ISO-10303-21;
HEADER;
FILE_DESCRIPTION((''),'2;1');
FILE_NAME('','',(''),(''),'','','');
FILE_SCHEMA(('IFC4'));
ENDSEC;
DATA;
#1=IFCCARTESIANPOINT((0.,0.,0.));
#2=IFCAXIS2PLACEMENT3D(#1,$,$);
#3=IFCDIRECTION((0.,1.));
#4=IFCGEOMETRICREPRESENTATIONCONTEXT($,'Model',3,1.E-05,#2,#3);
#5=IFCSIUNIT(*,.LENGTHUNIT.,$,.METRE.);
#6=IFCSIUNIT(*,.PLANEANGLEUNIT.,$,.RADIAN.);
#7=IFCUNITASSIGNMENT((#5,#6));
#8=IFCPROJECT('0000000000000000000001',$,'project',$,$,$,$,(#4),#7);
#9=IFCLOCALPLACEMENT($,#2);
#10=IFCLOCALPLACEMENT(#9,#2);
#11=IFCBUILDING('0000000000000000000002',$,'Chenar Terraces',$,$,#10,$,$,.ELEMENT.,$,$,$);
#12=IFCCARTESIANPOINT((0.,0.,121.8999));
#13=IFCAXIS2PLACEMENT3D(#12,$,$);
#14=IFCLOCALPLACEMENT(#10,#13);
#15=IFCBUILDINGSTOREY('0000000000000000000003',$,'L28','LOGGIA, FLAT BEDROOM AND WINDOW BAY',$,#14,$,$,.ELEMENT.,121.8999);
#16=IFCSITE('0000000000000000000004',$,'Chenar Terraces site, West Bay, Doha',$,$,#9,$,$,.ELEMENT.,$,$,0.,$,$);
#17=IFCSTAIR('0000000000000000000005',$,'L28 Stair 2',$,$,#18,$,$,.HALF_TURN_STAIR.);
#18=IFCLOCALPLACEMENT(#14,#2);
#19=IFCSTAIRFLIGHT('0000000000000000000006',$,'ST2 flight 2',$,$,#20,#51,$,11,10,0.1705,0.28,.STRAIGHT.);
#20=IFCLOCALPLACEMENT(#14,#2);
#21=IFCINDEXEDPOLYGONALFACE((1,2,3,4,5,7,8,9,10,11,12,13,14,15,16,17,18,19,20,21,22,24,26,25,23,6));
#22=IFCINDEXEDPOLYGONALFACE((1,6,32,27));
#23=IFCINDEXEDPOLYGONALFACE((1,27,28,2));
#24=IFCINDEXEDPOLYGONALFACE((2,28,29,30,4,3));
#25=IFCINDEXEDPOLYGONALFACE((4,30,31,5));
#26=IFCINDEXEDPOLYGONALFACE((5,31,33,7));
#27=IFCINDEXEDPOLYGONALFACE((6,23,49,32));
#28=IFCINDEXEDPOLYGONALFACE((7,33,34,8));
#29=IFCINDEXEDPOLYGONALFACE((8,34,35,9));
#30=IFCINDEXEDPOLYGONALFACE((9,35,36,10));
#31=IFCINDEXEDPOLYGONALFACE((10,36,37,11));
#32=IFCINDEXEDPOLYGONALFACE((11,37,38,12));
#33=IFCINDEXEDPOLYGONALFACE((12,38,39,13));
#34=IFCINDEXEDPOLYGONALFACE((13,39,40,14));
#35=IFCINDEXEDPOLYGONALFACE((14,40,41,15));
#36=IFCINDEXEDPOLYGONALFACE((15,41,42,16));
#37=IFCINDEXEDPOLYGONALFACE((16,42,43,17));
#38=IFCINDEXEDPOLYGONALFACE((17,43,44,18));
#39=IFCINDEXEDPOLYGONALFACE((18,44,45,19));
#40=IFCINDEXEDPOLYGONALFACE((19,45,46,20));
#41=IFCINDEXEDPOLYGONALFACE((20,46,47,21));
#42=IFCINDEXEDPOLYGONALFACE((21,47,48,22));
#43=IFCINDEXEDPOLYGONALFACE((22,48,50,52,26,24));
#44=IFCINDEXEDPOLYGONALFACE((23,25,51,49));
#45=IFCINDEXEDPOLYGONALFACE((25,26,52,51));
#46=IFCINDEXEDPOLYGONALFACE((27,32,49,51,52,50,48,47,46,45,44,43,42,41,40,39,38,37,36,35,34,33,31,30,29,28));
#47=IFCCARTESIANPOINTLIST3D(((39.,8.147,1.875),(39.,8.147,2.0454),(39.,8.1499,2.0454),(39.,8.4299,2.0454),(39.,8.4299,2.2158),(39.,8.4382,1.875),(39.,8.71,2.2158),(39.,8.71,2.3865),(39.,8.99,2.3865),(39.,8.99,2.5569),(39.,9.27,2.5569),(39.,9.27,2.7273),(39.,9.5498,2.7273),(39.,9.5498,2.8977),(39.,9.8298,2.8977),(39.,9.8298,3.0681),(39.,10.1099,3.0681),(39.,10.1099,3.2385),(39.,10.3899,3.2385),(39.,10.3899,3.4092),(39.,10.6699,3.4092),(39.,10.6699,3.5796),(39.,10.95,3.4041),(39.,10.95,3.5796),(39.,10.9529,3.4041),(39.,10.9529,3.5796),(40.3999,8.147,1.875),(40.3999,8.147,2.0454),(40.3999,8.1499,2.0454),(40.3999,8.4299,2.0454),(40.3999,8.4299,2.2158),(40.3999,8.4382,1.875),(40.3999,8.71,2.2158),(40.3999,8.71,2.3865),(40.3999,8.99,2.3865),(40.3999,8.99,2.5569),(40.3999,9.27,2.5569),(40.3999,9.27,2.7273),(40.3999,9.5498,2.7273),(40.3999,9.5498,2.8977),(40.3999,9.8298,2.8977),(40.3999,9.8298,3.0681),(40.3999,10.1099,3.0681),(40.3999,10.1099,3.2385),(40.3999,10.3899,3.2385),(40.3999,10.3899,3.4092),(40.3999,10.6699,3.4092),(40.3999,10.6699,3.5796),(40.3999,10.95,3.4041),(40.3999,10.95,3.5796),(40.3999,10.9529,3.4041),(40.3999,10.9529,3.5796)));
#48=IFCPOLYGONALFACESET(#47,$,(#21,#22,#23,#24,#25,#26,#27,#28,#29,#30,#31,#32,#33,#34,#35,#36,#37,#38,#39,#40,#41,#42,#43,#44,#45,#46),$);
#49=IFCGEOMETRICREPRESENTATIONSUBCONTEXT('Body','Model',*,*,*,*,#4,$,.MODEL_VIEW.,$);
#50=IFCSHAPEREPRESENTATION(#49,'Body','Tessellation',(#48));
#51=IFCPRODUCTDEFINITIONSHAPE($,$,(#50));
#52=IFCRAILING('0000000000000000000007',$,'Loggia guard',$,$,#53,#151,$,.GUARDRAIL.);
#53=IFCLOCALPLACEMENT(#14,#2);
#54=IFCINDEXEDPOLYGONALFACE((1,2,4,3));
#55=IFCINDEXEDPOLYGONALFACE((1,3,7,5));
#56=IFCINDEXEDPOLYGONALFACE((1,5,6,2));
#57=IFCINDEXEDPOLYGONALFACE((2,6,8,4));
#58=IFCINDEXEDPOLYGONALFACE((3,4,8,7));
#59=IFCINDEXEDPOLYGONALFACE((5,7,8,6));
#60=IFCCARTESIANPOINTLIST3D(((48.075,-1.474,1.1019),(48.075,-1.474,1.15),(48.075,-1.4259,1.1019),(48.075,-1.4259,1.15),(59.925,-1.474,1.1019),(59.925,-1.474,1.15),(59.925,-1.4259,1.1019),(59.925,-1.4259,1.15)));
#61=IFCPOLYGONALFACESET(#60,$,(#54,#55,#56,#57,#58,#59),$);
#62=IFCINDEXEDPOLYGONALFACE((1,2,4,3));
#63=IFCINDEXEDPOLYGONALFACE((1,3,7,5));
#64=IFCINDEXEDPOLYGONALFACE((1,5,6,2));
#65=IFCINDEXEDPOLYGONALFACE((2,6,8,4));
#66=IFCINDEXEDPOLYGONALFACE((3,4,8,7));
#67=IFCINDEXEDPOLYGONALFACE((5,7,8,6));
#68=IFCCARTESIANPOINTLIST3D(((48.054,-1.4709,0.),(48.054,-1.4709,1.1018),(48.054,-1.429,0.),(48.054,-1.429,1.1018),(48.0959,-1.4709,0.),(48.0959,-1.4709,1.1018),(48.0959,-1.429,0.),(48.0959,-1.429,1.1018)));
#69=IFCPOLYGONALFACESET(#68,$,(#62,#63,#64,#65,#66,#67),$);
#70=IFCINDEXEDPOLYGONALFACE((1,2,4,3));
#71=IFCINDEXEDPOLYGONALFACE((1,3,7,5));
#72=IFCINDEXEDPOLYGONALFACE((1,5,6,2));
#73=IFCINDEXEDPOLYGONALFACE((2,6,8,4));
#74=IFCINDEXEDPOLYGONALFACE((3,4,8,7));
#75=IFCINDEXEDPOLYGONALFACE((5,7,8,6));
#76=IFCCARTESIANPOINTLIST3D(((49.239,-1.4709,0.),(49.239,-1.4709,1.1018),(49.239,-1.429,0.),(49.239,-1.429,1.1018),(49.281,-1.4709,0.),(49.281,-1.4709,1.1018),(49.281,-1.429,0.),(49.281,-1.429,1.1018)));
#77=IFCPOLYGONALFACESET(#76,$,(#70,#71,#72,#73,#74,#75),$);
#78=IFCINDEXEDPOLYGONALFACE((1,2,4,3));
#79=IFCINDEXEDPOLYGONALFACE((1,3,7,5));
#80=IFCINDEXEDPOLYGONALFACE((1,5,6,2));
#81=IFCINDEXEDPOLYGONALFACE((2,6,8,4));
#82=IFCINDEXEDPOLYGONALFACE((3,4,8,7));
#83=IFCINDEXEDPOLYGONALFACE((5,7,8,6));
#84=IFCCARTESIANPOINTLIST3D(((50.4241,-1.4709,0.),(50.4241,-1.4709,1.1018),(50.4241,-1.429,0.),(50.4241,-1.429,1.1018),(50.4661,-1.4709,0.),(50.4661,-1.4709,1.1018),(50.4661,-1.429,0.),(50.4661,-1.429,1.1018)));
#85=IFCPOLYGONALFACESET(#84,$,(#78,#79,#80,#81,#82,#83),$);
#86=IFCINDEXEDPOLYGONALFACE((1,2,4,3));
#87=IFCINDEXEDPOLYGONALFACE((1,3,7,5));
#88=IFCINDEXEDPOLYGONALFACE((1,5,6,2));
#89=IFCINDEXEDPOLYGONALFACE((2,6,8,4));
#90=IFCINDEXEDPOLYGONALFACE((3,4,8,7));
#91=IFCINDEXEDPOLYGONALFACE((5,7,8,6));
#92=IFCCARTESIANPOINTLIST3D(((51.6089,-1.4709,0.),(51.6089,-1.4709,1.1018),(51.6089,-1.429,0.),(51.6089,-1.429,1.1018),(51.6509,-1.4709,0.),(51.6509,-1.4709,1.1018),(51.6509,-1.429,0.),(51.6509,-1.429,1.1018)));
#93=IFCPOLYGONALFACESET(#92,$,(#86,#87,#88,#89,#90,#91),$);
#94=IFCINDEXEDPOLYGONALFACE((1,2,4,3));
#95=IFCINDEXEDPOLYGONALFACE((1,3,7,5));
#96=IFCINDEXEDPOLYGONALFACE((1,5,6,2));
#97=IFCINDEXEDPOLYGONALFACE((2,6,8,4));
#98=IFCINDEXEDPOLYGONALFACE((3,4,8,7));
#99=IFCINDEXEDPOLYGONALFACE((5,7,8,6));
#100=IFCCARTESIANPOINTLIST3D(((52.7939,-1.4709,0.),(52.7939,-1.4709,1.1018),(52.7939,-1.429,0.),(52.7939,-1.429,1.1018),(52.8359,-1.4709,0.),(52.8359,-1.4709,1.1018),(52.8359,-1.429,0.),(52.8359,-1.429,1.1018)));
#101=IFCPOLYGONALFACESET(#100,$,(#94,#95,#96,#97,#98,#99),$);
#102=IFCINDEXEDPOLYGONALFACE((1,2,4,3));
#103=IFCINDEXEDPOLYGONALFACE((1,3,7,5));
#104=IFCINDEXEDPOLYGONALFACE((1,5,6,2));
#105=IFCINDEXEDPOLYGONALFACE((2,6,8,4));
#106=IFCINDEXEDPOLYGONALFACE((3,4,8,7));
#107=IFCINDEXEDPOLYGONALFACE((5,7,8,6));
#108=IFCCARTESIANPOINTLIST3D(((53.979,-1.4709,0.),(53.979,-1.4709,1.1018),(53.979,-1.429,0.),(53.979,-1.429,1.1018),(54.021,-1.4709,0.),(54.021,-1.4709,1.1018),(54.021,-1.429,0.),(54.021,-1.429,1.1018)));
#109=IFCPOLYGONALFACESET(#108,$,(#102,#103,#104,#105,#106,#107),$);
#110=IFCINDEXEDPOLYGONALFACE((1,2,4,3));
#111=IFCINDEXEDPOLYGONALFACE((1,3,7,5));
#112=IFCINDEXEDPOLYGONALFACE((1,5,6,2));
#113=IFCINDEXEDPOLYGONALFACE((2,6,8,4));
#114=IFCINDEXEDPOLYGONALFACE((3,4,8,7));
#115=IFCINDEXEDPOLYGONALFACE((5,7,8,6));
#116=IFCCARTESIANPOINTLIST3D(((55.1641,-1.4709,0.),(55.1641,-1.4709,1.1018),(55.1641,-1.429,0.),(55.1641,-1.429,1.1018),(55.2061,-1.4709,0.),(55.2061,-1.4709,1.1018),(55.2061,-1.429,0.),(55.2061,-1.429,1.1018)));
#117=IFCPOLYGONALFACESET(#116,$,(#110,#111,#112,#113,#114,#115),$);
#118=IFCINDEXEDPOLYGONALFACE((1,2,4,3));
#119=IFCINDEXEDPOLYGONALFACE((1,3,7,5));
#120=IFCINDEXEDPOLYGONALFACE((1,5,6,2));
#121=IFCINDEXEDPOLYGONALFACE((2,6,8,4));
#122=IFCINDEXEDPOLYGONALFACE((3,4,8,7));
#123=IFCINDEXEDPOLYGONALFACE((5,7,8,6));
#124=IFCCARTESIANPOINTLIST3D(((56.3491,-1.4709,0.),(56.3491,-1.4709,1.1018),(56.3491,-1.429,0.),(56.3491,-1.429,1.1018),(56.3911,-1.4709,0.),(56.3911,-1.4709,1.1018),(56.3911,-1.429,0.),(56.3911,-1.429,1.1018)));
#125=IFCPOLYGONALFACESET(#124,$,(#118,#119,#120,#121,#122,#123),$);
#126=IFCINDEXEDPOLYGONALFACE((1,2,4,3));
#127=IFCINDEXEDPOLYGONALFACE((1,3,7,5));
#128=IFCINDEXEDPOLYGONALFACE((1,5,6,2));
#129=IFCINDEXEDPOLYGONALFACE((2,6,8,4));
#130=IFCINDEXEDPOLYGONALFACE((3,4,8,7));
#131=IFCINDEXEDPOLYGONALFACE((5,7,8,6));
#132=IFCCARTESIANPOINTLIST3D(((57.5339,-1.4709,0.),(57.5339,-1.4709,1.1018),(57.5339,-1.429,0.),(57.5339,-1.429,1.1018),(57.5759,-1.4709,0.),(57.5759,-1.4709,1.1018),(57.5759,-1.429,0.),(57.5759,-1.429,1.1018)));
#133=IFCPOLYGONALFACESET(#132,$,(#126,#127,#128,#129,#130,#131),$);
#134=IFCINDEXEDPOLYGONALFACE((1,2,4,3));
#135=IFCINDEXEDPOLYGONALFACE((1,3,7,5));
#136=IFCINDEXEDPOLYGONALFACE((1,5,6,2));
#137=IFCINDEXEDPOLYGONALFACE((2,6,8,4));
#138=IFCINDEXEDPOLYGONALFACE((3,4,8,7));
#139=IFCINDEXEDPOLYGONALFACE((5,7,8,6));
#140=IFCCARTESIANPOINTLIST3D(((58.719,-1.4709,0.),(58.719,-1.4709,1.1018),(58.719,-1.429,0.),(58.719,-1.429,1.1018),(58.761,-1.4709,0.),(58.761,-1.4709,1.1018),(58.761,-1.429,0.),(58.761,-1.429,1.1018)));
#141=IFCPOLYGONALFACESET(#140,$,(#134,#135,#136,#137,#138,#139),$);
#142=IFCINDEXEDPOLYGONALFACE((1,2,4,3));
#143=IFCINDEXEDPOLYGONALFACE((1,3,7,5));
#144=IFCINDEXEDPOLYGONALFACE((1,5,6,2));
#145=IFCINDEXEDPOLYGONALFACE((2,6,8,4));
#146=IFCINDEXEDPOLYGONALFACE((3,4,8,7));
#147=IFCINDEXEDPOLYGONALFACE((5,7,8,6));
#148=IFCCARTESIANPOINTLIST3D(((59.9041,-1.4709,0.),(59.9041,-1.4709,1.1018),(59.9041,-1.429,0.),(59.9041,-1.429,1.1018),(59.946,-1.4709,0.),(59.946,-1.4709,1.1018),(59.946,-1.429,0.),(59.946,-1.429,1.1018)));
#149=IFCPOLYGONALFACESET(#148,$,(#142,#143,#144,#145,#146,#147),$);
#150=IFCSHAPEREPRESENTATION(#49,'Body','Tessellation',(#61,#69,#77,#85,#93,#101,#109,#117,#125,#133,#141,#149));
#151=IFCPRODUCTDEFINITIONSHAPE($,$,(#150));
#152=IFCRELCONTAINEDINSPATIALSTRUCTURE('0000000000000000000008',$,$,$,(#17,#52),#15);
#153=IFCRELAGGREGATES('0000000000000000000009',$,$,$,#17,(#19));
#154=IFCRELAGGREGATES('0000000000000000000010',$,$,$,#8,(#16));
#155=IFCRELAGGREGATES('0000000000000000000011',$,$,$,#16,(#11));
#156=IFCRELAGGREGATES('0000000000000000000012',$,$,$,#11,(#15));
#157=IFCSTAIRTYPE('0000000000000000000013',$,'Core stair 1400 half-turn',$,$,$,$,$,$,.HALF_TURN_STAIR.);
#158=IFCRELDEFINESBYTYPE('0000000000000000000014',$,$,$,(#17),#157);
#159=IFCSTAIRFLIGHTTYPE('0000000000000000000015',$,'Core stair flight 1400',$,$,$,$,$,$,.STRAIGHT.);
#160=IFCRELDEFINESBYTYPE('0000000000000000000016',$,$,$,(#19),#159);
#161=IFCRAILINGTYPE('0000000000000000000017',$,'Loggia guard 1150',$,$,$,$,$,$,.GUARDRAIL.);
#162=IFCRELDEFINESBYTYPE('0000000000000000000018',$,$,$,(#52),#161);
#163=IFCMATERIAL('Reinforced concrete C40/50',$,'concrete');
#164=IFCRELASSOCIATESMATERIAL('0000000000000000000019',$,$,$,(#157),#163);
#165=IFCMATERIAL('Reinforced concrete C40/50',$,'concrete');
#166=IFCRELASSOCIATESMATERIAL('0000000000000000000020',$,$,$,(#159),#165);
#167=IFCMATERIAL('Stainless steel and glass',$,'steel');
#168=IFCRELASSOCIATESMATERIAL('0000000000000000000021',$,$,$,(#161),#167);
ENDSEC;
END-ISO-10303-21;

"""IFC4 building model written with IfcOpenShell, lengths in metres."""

from ifc_helpers import new_model, si_unit, direction, frame, origin, origin_2d, place, context, subcontext, project, spatial, polyline, rectangle, outline, extrude, material, type_object, element, aggregate, save


model = new_model("IFC4")

# Units and contexts
model_context = context("Model", 3, precision=1e-05, world=origin(), true_north=direction((0.0, 1.0)))
body_context = subcontext(model_context, "Body", "Model", "MODEL_VIEW")
ifc_project = project(units=[si_unit("LENGTHUNIT", "METRE"), si_unit("PLANEANGLEUNIT", "RADIAN")], contexts=[model_context])

# Site, building, storey
site_placement = place(None, origin())
site = spatial("IfcSite", under=ifc_project, at=site_placement, Name="Chenar Terraces site, West Bay, Doha", CompositionType="ELEMENT", RefElevation=0.0)
building_placement = place(site_placement, origin())
building = spatial("IfcBuilding", under=site, at=building_placement, Name="Chenar Terraces", CompositionType="ELEMENT")
storey_placement = place(building_placement, frame((0.0, 0.0, 121.8999)))
storey = spatial("IfcBuildingStorey", under=building, at=storey_placement, Name="L28", Description="LOGGIA, FLAT BEDROOM AND WINDOW BAY", CompositionType="ELEMENT", Elevation=121.8999)

# Stair, stair flight
ifc_material_1 = material(Name="Reinforced concrete C40/50", Category="concrete")
stair_type = type_object("IfcStairType", Name="Core stair 1400 half-turn", PredefinedType="HALF_TURN_STAIR", material=ifc_material_1)
stair_placement = place(storey_placement, origin())
stair = element("IfcStair", 1, at=stair_placement, inside=storey, type_object=stair_type, Name="L28 Stair 2", PredefinedType="HALF_TURN_STAIR")
ifc_material_2 = material(Name="Reinforced concrete C40/50", Category="concrete")
stair_flight_type = type_object("IfcStairFlightType", Name="Core stair flight 1400", PredefinedType="STRAIGHT", material=ifc_material_2)
stair_flight_1_placement = place(storey_placement, frame((39.7, 8.1499, 1.875), z_axis=(0.0, 0.0, 1.0), x_axis=(0.0, 1.0, 0.0)))
stair_flight_1 = element("IfcStairFlight", 2, at=stair_flight_1_placement, type_object=stair_flight_type, Name="ST2 flight 2", NumberOfRisers=11, NumberOfTreads=10, PredefinedType="STRAIGHT", RiserHeight=0.1705, TreadLength=0.28, context=body_context, shape_type="SweptSolid", body=[
    extrude(outline(polyline([(-0.0029, 0.0), (-0.0029, 0.1704), (0.0, 0.1704), (0.28, 0.1704), (0.28, 0.3408), (0.5601, 0.3408), (0.5601, 0.5115), (0.8401, 0.5115), (0.8401, 0.6819), (1.1201, 0.6819), (1.1201, 0.8523), (1.3999, 0.8523), (1.3999, 1.0227), (1.6799, 1.0227), (1.6799, 1.1931), (1.96, 1.1931), (1.96, 1.3635), (2.24, 1.3635), (2.24, 1.5342), (2.52, 1.5342), (2.52, 1.7046), (2.8, 1.7046), (2.803, 1.7046), (2.803, 1.5291), (2.8, 1.5291), (0.2883, 0.0), (-0.0029, 0.0)])), frame((0.0, 0.7, 0.0), z_axis=(0.0, -1.0, 0.0), x_axis=(1.0, 0.0, 0.0)), (0.0, 0.0, 1.0), 1.3999),
])
aggregate(stair, [stair_flight_1])

# Railing
ifc_material_3 = material(Name="Stainless steel and glass", Category="steel")
railing_type_1 = type_object("IfcRailingType", Name="Loggia guard 1150", PredefinedType="GUARDRAIL", material=ifc_material_3)
railing_1_placement = place(storey_placement, frame((48.075, -1.45, 0.0)))
element("IfcRailing", 3, at=railing_1_placement, inside=storey, type_object=railing_type_1, Name="Loggia guard", PredefinedType="GUARDRAIL", context=body_context, shape_type="SweptSolid", body=[
    extrude(rectangle(XDim=0.0481, YDim=0.0481, at=origin_2d()), frame((0.0, 0.0, 1.126), z_axis=(1.0, 0.0, 0.0), x_axis=(0.0, 1.0, 0.0)), (0.0, 0.0, 1.0), 11.8501),
    extrude(rectangle(XDim=0.042, YDim=0.042, at=origin_2d()), origin(), (0.0, 0.0, 1.0), 1.1018),
    extrude(rectangle(XDim=0.042, YDim=0.042, at=origin_2d()), frame((1.1851, 0.0, 0.0)), (0.0, 0.0, 1.0), 1.1018),
    extrude(rectangle(XDim=0.042, YDim=0.042, at=origin_2d()), frame((2.3701, 0.0, 0.0)), (0.0, 0.0, 1.0), 1.1018),
    extrude(rectangle(XDim=0.042, YDim=0.042, at=origin_2d()), frame((3.5549, 0.0, 0.0)), (0.0, 0.0, 1.0), 1.1018),
    extrude(rectangle(XDim=0.042, YDim=0.042, at=origin_2d()), frame((4.74, 0.0, 0.0)), (0.0, 0.0, 1.0), 1.1018),
    extrude(rectangle(XDim=0.042, YDim=0.042, at=origin_2d()), frame((5.925, 0.0, 0.0)), (0.0, 0.0, 1.0), 1.1018),
    extrude(rectangle(XDim=0.042, YDim=0.042, at=origin_2d()), frame((7.1101, 0.0, 0.0)), (0.0, 0.0, 1.0), 1.1018),
    extrude(rectangle(XDim=0.042, YDim=0.042, at=origin_2d()), frame((8.2952, 0.0, 0.0)), (0.0, 0.0, 1.0), 1.1018),
    extrude(rectangle(XDim=0.042, YDim=0.042, at=origin_2d()), frame((9.48, 0.0, 0.0)), (0.0, 0.0, 1.0), 1.1018),
    extrude(rectangle(XDim=0.042, YDim=0.042, at=origin_2d()), frame((10.665, 0.0, 0.0)), (0.0, 0.0, 1.0), 1.1018),
    extrude(rectangle(XDim=0.042, YDim=0.042, at=origin_2d()), frame((11.8501, 0.0, 0.0)), (0.0, 0.0, 1.0), 1.1018),
])

save(model, "model.ifc")
